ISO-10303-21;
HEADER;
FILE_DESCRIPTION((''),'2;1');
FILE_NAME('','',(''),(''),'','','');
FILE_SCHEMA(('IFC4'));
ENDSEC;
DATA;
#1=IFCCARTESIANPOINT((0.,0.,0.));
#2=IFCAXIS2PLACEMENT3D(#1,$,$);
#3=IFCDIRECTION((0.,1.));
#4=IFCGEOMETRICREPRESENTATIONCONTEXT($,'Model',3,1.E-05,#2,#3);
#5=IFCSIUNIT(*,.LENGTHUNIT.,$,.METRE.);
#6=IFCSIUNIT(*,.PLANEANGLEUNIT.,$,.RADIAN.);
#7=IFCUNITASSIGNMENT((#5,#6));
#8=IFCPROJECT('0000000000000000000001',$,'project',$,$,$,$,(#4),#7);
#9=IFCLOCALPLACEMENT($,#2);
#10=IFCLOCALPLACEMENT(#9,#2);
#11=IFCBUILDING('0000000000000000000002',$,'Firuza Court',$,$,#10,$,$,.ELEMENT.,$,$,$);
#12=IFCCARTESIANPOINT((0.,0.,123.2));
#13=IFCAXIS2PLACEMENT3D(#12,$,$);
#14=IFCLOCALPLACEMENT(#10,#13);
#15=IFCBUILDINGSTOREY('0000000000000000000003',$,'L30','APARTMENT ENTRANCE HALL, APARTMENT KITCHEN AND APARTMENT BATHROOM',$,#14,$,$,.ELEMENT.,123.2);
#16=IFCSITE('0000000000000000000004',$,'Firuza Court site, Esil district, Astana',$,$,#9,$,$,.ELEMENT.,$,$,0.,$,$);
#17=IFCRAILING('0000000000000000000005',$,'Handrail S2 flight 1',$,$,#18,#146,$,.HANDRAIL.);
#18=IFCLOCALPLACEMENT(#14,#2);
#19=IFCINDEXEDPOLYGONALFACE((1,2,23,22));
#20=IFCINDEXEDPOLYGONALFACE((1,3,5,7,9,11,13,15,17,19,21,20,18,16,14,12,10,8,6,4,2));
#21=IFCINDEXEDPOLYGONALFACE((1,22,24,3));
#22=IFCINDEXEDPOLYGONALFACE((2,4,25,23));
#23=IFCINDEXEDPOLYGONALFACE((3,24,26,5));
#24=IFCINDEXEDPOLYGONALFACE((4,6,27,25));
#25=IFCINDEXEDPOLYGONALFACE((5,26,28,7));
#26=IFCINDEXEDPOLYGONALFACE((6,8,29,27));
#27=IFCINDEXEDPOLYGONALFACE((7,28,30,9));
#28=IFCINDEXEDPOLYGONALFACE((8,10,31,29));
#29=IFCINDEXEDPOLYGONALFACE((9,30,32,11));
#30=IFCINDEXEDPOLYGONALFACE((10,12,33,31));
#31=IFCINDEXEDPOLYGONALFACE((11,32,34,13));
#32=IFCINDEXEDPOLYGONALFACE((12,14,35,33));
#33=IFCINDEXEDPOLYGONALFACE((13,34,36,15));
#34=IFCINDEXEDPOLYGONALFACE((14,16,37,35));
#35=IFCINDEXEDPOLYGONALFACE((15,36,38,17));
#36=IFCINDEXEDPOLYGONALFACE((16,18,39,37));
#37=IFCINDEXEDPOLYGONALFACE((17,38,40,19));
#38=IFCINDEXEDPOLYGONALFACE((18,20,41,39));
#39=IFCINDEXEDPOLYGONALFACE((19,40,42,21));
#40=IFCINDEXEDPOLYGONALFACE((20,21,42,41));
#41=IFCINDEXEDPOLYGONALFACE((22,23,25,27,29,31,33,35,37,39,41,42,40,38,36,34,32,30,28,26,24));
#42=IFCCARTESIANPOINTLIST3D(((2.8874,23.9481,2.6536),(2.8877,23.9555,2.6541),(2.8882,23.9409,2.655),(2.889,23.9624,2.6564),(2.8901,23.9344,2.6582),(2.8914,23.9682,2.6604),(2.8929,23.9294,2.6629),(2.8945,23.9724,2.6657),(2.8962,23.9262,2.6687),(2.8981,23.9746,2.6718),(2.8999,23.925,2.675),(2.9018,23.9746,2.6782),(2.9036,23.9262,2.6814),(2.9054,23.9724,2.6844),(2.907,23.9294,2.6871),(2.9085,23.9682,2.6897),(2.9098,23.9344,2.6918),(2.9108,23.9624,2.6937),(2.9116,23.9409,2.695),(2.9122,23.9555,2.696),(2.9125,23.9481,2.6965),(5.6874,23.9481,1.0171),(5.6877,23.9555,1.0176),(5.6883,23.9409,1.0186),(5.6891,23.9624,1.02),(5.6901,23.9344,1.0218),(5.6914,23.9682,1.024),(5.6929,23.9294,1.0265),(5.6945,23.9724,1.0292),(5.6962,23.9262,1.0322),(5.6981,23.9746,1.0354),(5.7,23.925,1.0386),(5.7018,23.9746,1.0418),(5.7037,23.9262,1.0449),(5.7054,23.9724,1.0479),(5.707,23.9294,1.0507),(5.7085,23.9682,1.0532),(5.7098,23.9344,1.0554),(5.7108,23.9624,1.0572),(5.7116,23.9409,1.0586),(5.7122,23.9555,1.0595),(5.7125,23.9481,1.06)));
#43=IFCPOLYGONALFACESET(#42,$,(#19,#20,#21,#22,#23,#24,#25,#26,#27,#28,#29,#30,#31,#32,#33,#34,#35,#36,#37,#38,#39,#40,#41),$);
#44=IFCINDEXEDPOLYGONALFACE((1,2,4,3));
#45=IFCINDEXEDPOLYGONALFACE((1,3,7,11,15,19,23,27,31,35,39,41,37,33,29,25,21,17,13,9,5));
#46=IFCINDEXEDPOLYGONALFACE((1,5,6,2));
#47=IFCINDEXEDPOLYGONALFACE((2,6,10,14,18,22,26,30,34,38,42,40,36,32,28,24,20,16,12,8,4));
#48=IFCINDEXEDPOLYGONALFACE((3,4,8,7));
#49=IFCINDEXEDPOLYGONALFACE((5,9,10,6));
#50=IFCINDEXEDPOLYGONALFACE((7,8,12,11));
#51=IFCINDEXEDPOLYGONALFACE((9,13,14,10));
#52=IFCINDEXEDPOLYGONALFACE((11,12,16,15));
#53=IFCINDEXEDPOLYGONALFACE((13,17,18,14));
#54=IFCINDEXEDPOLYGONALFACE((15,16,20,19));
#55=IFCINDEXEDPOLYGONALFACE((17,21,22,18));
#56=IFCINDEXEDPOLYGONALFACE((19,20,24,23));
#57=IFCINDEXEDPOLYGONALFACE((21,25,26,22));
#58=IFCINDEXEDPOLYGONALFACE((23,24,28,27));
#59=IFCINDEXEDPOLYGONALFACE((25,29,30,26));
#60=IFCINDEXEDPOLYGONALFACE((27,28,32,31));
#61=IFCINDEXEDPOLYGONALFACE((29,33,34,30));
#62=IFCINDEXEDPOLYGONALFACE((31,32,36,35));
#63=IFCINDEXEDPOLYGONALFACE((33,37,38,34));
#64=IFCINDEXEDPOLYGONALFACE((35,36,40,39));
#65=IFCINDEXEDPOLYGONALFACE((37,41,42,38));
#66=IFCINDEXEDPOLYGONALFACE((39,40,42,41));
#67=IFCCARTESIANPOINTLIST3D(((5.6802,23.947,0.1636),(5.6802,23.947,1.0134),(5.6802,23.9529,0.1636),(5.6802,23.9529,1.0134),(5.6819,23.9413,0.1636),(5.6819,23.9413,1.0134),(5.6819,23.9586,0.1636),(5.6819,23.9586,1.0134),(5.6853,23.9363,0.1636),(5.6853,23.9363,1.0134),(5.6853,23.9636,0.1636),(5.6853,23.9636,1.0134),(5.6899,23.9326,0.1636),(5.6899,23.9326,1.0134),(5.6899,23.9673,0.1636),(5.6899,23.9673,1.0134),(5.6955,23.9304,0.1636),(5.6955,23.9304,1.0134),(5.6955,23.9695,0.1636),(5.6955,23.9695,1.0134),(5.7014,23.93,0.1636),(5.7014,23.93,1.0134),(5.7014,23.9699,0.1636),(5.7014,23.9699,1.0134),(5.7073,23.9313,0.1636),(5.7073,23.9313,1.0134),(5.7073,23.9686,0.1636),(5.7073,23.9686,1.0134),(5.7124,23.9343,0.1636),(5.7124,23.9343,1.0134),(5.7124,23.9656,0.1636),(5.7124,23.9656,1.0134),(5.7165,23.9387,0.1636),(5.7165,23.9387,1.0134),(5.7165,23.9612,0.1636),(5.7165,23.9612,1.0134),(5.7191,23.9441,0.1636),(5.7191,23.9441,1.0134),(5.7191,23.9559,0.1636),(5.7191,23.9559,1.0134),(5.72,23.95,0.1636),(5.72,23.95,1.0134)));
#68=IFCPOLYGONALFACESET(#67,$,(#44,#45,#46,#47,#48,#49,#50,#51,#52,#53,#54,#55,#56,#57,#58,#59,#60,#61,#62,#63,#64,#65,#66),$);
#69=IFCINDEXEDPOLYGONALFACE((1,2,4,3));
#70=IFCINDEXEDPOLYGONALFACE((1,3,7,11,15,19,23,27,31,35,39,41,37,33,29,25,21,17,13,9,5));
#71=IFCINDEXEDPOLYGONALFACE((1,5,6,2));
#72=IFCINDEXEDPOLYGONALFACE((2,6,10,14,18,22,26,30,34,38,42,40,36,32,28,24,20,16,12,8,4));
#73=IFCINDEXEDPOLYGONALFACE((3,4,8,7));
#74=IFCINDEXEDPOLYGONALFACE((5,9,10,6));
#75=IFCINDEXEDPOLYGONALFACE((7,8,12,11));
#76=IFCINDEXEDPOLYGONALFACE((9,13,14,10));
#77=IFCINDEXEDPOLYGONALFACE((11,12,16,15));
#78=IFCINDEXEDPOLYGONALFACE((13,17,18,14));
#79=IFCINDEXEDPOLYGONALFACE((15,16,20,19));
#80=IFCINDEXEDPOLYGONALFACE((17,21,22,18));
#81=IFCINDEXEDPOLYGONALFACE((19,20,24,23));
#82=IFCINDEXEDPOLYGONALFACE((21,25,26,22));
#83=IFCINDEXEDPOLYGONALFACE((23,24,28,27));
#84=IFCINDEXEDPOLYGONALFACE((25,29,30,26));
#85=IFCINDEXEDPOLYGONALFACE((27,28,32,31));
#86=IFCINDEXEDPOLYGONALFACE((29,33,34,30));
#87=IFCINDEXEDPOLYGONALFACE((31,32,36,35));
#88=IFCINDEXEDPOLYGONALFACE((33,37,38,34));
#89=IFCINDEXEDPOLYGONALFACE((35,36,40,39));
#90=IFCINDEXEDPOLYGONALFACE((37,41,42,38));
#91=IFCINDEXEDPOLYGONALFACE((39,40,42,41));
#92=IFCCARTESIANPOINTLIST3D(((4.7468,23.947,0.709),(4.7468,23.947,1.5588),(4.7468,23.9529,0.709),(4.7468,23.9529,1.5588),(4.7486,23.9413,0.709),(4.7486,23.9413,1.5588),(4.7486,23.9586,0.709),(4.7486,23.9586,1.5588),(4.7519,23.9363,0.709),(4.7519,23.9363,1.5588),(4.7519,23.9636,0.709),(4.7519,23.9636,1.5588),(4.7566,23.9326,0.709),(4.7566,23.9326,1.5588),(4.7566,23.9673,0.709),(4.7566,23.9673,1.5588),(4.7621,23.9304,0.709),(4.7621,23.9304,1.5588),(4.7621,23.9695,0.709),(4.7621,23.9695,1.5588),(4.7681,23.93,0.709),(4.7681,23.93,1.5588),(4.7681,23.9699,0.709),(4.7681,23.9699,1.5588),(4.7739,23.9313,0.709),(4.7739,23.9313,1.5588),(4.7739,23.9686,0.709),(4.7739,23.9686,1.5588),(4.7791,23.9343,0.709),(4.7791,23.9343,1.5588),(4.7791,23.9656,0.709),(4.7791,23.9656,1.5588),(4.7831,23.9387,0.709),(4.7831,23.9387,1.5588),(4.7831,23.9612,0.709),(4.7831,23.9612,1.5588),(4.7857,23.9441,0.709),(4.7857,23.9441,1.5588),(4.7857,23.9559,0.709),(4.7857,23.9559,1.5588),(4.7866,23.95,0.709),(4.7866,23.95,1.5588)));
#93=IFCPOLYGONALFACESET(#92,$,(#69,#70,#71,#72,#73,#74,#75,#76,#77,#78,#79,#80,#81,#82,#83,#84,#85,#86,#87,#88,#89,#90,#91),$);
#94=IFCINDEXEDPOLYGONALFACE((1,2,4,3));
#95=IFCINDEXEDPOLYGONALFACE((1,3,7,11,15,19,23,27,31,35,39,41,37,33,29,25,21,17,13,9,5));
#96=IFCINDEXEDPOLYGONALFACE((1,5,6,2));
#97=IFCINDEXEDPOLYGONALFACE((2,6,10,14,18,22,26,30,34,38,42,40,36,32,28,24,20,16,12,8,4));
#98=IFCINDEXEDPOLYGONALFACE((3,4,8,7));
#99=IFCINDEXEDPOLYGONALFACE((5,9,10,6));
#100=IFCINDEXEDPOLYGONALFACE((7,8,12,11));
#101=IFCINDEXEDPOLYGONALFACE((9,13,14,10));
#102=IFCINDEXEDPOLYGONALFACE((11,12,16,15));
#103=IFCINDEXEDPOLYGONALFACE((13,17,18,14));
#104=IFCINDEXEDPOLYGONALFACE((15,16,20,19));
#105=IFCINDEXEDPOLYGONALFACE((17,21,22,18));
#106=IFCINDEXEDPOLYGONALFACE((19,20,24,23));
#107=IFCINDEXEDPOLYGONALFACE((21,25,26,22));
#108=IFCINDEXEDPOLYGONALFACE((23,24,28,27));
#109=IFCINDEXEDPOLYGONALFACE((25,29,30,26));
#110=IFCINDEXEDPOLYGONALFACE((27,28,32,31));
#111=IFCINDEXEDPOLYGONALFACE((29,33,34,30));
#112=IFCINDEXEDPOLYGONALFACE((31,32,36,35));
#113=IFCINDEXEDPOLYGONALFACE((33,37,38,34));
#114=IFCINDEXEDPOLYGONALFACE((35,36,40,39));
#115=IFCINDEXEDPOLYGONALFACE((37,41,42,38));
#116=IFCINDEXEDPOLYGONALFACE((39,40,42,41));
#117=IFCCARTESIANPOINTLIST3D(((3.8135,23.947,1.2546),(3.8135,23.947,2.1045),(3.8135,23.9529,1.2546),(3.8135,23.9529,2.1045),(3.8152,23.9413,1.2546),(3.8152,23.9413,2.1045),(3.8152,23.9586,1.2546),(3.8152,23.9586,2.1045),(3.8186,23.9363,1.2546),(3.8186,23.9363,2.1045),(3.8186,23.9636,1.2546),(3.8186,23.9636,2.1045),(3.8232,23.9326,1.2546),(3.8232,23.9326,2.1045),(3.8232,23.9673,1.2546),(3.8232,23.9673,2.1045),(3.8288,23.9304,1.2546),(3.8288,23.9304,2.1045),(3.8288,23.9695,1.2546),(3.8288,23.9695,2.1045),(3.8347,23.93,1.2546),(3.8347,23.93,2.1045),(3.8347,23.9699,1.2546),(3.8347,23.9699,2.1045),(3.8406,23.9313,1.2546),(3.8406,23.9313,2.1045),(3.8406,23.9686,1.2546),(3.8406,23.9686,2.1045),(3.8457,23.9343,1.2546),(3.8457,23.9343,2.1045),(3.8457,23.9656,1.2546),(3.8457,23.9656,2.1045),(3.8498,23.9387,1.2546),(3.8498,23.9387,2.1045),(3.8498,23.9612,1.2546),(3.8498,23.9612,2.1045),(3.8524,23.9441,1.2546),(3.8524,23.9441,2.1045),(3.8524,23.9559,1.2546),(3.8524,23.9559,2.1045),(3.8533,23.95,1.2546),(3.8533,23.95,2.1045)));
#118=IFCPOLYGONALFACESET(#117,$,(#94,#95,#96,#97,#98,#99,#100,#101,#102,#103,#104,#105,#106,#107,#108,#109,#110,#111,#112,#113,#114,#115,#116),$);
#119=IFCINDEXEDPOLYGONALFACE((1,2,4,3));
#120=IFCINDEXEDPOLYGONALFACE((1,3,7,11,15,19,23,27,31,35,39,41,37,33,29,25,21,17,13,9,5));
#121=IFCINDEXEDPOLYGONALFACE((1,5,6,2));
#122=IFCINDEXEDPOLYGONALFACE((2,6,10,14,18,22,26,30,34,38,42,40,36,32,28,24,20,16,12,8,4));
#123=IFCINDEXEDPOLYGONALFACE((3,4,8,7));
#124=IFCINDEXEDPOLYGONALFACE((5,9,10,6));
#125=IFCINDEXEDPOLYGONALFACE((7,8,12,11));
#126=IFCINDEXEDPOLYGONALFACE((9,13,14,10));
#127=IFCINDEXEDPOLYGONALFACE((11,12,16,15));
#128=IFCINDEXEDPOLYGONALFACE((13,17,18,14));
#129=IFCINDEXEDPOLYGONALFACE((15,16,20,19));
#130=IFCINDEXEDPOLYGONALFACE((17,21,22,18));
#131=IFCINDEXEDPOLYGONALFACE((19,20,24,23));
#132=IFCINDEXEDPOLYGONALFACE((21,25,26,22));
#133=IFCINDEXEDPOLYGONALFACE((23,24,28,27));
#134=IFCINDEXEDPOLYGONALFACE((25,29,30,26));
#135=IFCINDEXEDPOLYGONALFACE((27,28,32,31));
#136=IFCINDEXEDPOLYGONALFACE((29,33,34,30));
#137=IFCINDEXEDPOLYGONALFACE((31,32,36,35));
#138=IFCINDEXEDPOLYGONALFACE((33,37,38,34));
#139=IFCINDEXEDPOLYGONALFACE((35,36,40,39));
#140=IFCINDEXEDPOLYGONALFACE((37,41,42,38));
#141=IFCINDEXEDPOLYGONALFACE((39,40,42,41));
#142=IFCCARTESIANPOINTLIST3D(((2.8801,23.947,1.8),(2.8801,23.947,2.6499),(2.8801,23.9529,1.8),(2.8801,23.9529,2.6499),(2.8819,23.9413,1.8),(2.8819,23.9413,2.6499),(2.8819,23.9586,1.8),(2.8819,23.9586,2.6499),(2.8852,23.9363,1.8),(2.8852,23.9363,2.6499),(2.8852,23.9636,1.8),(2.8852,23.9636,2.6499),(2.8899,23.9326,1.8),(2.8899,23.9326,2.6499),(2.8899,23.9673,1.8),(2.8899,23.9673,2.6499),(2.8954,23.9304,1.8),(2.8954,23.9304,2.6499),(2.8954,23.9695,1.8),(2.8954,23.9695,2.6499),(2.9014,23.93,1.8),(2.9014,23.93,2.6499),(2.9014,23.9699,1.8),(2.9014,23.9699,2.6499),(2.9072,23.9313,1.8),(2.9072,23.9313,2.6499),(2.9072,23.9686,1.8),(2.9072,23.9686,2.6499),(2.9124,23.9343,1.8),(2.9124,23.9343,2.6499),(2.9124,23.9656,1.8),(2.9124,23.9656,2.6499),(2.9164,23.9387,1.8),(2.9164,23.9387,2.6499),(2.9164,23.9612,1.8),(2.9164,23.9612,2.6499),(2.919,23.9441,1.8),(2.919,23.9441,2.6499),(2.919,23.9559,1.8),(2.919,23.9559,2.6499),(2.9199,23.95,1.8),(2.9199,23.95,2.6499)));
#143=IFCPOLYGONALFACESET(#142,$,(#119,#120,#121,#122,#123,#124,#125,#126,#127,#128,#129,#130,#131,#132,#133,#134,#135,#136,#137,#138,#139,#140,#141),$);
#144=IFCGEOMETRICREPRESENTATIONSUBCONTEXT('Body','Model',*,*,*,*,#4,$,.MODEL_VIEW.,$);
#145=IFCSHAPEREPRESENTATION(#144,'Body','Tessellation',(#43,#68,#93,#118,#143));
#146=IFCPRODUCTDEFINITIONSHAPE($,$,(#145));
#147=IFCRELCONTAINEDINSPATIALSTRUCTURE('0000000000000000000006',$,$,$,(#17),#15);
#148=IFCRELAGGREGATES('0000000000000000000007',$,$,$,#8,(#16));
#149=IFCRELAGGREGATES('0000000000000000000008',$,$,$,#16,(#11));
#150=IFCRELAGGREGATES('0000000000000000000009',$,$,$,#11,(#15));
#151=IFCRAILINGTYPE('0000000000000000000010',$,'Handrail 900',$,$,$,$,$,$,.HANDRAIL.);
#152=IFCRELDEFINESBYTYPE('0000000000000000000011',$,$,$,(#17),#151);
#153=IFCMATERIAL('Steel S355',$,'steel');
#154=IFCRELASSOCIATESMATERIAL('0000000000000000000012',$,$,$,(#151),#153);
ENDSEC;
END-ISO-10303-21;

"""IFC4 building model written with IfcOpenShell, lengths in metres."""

from ifc_helpers import new_model, si_unit, direction, frame, origin, origin_2d, place, context, subcontext, project, spatial, circle, extrude, material, type_object, element, save


model = new_model("IFC4")

# Units and contexts
model_context = context("Model", 3, precision=1e-05, world=origin(), true_north=direction((0.0, 1.0)))
body_context = subcontext(model_context, "Body", "Model", "MODEL_VIEW")
ifc_project = project(units=[si_unit("LENGTHUNIT", "METRE"), si_unit("PLANEANGLEUNIT", "RADIAN")], contexts=[model_context])

# Site, building, storey
site_placement = place(None, origin())
site = spatial("IfcSite", under=ifc_project, at=site_placement, Name="Firuza Court site, Esil district, Astana", CompositionType="ELEMENT", RefElevation=0.0)
building_placement = place(site_placement, origin())
building = spatial("IfcBuilding", under=site, at=building_placement, Name="Firuza Court", CompositionType="ELEMENT")
storey_placement = place(building_placement, frame((0.0, 0.0, 123.2)))
storey = spatial("IfcBuildingStorey", under=building, at=storey_placement, Name="L30", Description="APARTMENT ENTRANCE HALL, APARTMENT KITCHEN AND APARTMENT BATHROOM", CompositionType="ELEMENT", Elevation=123.2)

# Railing
ifc_material_1 = material(Name="Steel S355", Category="steel")
railing_type_1 = type_object("IfcRailingType", Name="Handrail 900", PredefinedType="HANDRAIL", material=ifc_material_1)
railing_1_placement = place(storey_placement, frame((5.7, 23.95, 0.1636)))
element("IfcRailing", 1, at=railing_1_placement, inside=storey, type_object=railing_type_1, Name="Handrail S2 flight 1", PredefinedType="HANDRAIL", context=body_context, shape_type="SweptSolid", body=[
    extrude(circle(Radius=0.0249, at=origin_2d()), frame((0.0, 0.0, 0.875), z_axis=(-0.863361, 0.0, 0.504587), x_axis=(0.0, -1.0, 0.0)), (0.0, 0.0, 1.0), 3.2432),
    extrude(circle(Radius=0.02, at=origin_2d()), origin(), (0.0, 0.0, 1.0), 0.8499),
    extrude(circle(Radius=0.02, at=origin_2d()), frame((-0.9333, 0.0, 0.5454)), (0.0, 0.0, 1.0), 0.8499),
    extrude(circle(Radius=0.02, at=origin_2d()), frame((-1.8667, 0.0, 1.0911)), (0.0, 0.0, 1.0), 0.8499),
    extrude(circle(Radius=0.02, at=origin_2d()), frame((-2.8, 0.0, 1.6365)), (0.0, 0.0, 1.0), 0.8499),
])

save(model, "model.ifc")
